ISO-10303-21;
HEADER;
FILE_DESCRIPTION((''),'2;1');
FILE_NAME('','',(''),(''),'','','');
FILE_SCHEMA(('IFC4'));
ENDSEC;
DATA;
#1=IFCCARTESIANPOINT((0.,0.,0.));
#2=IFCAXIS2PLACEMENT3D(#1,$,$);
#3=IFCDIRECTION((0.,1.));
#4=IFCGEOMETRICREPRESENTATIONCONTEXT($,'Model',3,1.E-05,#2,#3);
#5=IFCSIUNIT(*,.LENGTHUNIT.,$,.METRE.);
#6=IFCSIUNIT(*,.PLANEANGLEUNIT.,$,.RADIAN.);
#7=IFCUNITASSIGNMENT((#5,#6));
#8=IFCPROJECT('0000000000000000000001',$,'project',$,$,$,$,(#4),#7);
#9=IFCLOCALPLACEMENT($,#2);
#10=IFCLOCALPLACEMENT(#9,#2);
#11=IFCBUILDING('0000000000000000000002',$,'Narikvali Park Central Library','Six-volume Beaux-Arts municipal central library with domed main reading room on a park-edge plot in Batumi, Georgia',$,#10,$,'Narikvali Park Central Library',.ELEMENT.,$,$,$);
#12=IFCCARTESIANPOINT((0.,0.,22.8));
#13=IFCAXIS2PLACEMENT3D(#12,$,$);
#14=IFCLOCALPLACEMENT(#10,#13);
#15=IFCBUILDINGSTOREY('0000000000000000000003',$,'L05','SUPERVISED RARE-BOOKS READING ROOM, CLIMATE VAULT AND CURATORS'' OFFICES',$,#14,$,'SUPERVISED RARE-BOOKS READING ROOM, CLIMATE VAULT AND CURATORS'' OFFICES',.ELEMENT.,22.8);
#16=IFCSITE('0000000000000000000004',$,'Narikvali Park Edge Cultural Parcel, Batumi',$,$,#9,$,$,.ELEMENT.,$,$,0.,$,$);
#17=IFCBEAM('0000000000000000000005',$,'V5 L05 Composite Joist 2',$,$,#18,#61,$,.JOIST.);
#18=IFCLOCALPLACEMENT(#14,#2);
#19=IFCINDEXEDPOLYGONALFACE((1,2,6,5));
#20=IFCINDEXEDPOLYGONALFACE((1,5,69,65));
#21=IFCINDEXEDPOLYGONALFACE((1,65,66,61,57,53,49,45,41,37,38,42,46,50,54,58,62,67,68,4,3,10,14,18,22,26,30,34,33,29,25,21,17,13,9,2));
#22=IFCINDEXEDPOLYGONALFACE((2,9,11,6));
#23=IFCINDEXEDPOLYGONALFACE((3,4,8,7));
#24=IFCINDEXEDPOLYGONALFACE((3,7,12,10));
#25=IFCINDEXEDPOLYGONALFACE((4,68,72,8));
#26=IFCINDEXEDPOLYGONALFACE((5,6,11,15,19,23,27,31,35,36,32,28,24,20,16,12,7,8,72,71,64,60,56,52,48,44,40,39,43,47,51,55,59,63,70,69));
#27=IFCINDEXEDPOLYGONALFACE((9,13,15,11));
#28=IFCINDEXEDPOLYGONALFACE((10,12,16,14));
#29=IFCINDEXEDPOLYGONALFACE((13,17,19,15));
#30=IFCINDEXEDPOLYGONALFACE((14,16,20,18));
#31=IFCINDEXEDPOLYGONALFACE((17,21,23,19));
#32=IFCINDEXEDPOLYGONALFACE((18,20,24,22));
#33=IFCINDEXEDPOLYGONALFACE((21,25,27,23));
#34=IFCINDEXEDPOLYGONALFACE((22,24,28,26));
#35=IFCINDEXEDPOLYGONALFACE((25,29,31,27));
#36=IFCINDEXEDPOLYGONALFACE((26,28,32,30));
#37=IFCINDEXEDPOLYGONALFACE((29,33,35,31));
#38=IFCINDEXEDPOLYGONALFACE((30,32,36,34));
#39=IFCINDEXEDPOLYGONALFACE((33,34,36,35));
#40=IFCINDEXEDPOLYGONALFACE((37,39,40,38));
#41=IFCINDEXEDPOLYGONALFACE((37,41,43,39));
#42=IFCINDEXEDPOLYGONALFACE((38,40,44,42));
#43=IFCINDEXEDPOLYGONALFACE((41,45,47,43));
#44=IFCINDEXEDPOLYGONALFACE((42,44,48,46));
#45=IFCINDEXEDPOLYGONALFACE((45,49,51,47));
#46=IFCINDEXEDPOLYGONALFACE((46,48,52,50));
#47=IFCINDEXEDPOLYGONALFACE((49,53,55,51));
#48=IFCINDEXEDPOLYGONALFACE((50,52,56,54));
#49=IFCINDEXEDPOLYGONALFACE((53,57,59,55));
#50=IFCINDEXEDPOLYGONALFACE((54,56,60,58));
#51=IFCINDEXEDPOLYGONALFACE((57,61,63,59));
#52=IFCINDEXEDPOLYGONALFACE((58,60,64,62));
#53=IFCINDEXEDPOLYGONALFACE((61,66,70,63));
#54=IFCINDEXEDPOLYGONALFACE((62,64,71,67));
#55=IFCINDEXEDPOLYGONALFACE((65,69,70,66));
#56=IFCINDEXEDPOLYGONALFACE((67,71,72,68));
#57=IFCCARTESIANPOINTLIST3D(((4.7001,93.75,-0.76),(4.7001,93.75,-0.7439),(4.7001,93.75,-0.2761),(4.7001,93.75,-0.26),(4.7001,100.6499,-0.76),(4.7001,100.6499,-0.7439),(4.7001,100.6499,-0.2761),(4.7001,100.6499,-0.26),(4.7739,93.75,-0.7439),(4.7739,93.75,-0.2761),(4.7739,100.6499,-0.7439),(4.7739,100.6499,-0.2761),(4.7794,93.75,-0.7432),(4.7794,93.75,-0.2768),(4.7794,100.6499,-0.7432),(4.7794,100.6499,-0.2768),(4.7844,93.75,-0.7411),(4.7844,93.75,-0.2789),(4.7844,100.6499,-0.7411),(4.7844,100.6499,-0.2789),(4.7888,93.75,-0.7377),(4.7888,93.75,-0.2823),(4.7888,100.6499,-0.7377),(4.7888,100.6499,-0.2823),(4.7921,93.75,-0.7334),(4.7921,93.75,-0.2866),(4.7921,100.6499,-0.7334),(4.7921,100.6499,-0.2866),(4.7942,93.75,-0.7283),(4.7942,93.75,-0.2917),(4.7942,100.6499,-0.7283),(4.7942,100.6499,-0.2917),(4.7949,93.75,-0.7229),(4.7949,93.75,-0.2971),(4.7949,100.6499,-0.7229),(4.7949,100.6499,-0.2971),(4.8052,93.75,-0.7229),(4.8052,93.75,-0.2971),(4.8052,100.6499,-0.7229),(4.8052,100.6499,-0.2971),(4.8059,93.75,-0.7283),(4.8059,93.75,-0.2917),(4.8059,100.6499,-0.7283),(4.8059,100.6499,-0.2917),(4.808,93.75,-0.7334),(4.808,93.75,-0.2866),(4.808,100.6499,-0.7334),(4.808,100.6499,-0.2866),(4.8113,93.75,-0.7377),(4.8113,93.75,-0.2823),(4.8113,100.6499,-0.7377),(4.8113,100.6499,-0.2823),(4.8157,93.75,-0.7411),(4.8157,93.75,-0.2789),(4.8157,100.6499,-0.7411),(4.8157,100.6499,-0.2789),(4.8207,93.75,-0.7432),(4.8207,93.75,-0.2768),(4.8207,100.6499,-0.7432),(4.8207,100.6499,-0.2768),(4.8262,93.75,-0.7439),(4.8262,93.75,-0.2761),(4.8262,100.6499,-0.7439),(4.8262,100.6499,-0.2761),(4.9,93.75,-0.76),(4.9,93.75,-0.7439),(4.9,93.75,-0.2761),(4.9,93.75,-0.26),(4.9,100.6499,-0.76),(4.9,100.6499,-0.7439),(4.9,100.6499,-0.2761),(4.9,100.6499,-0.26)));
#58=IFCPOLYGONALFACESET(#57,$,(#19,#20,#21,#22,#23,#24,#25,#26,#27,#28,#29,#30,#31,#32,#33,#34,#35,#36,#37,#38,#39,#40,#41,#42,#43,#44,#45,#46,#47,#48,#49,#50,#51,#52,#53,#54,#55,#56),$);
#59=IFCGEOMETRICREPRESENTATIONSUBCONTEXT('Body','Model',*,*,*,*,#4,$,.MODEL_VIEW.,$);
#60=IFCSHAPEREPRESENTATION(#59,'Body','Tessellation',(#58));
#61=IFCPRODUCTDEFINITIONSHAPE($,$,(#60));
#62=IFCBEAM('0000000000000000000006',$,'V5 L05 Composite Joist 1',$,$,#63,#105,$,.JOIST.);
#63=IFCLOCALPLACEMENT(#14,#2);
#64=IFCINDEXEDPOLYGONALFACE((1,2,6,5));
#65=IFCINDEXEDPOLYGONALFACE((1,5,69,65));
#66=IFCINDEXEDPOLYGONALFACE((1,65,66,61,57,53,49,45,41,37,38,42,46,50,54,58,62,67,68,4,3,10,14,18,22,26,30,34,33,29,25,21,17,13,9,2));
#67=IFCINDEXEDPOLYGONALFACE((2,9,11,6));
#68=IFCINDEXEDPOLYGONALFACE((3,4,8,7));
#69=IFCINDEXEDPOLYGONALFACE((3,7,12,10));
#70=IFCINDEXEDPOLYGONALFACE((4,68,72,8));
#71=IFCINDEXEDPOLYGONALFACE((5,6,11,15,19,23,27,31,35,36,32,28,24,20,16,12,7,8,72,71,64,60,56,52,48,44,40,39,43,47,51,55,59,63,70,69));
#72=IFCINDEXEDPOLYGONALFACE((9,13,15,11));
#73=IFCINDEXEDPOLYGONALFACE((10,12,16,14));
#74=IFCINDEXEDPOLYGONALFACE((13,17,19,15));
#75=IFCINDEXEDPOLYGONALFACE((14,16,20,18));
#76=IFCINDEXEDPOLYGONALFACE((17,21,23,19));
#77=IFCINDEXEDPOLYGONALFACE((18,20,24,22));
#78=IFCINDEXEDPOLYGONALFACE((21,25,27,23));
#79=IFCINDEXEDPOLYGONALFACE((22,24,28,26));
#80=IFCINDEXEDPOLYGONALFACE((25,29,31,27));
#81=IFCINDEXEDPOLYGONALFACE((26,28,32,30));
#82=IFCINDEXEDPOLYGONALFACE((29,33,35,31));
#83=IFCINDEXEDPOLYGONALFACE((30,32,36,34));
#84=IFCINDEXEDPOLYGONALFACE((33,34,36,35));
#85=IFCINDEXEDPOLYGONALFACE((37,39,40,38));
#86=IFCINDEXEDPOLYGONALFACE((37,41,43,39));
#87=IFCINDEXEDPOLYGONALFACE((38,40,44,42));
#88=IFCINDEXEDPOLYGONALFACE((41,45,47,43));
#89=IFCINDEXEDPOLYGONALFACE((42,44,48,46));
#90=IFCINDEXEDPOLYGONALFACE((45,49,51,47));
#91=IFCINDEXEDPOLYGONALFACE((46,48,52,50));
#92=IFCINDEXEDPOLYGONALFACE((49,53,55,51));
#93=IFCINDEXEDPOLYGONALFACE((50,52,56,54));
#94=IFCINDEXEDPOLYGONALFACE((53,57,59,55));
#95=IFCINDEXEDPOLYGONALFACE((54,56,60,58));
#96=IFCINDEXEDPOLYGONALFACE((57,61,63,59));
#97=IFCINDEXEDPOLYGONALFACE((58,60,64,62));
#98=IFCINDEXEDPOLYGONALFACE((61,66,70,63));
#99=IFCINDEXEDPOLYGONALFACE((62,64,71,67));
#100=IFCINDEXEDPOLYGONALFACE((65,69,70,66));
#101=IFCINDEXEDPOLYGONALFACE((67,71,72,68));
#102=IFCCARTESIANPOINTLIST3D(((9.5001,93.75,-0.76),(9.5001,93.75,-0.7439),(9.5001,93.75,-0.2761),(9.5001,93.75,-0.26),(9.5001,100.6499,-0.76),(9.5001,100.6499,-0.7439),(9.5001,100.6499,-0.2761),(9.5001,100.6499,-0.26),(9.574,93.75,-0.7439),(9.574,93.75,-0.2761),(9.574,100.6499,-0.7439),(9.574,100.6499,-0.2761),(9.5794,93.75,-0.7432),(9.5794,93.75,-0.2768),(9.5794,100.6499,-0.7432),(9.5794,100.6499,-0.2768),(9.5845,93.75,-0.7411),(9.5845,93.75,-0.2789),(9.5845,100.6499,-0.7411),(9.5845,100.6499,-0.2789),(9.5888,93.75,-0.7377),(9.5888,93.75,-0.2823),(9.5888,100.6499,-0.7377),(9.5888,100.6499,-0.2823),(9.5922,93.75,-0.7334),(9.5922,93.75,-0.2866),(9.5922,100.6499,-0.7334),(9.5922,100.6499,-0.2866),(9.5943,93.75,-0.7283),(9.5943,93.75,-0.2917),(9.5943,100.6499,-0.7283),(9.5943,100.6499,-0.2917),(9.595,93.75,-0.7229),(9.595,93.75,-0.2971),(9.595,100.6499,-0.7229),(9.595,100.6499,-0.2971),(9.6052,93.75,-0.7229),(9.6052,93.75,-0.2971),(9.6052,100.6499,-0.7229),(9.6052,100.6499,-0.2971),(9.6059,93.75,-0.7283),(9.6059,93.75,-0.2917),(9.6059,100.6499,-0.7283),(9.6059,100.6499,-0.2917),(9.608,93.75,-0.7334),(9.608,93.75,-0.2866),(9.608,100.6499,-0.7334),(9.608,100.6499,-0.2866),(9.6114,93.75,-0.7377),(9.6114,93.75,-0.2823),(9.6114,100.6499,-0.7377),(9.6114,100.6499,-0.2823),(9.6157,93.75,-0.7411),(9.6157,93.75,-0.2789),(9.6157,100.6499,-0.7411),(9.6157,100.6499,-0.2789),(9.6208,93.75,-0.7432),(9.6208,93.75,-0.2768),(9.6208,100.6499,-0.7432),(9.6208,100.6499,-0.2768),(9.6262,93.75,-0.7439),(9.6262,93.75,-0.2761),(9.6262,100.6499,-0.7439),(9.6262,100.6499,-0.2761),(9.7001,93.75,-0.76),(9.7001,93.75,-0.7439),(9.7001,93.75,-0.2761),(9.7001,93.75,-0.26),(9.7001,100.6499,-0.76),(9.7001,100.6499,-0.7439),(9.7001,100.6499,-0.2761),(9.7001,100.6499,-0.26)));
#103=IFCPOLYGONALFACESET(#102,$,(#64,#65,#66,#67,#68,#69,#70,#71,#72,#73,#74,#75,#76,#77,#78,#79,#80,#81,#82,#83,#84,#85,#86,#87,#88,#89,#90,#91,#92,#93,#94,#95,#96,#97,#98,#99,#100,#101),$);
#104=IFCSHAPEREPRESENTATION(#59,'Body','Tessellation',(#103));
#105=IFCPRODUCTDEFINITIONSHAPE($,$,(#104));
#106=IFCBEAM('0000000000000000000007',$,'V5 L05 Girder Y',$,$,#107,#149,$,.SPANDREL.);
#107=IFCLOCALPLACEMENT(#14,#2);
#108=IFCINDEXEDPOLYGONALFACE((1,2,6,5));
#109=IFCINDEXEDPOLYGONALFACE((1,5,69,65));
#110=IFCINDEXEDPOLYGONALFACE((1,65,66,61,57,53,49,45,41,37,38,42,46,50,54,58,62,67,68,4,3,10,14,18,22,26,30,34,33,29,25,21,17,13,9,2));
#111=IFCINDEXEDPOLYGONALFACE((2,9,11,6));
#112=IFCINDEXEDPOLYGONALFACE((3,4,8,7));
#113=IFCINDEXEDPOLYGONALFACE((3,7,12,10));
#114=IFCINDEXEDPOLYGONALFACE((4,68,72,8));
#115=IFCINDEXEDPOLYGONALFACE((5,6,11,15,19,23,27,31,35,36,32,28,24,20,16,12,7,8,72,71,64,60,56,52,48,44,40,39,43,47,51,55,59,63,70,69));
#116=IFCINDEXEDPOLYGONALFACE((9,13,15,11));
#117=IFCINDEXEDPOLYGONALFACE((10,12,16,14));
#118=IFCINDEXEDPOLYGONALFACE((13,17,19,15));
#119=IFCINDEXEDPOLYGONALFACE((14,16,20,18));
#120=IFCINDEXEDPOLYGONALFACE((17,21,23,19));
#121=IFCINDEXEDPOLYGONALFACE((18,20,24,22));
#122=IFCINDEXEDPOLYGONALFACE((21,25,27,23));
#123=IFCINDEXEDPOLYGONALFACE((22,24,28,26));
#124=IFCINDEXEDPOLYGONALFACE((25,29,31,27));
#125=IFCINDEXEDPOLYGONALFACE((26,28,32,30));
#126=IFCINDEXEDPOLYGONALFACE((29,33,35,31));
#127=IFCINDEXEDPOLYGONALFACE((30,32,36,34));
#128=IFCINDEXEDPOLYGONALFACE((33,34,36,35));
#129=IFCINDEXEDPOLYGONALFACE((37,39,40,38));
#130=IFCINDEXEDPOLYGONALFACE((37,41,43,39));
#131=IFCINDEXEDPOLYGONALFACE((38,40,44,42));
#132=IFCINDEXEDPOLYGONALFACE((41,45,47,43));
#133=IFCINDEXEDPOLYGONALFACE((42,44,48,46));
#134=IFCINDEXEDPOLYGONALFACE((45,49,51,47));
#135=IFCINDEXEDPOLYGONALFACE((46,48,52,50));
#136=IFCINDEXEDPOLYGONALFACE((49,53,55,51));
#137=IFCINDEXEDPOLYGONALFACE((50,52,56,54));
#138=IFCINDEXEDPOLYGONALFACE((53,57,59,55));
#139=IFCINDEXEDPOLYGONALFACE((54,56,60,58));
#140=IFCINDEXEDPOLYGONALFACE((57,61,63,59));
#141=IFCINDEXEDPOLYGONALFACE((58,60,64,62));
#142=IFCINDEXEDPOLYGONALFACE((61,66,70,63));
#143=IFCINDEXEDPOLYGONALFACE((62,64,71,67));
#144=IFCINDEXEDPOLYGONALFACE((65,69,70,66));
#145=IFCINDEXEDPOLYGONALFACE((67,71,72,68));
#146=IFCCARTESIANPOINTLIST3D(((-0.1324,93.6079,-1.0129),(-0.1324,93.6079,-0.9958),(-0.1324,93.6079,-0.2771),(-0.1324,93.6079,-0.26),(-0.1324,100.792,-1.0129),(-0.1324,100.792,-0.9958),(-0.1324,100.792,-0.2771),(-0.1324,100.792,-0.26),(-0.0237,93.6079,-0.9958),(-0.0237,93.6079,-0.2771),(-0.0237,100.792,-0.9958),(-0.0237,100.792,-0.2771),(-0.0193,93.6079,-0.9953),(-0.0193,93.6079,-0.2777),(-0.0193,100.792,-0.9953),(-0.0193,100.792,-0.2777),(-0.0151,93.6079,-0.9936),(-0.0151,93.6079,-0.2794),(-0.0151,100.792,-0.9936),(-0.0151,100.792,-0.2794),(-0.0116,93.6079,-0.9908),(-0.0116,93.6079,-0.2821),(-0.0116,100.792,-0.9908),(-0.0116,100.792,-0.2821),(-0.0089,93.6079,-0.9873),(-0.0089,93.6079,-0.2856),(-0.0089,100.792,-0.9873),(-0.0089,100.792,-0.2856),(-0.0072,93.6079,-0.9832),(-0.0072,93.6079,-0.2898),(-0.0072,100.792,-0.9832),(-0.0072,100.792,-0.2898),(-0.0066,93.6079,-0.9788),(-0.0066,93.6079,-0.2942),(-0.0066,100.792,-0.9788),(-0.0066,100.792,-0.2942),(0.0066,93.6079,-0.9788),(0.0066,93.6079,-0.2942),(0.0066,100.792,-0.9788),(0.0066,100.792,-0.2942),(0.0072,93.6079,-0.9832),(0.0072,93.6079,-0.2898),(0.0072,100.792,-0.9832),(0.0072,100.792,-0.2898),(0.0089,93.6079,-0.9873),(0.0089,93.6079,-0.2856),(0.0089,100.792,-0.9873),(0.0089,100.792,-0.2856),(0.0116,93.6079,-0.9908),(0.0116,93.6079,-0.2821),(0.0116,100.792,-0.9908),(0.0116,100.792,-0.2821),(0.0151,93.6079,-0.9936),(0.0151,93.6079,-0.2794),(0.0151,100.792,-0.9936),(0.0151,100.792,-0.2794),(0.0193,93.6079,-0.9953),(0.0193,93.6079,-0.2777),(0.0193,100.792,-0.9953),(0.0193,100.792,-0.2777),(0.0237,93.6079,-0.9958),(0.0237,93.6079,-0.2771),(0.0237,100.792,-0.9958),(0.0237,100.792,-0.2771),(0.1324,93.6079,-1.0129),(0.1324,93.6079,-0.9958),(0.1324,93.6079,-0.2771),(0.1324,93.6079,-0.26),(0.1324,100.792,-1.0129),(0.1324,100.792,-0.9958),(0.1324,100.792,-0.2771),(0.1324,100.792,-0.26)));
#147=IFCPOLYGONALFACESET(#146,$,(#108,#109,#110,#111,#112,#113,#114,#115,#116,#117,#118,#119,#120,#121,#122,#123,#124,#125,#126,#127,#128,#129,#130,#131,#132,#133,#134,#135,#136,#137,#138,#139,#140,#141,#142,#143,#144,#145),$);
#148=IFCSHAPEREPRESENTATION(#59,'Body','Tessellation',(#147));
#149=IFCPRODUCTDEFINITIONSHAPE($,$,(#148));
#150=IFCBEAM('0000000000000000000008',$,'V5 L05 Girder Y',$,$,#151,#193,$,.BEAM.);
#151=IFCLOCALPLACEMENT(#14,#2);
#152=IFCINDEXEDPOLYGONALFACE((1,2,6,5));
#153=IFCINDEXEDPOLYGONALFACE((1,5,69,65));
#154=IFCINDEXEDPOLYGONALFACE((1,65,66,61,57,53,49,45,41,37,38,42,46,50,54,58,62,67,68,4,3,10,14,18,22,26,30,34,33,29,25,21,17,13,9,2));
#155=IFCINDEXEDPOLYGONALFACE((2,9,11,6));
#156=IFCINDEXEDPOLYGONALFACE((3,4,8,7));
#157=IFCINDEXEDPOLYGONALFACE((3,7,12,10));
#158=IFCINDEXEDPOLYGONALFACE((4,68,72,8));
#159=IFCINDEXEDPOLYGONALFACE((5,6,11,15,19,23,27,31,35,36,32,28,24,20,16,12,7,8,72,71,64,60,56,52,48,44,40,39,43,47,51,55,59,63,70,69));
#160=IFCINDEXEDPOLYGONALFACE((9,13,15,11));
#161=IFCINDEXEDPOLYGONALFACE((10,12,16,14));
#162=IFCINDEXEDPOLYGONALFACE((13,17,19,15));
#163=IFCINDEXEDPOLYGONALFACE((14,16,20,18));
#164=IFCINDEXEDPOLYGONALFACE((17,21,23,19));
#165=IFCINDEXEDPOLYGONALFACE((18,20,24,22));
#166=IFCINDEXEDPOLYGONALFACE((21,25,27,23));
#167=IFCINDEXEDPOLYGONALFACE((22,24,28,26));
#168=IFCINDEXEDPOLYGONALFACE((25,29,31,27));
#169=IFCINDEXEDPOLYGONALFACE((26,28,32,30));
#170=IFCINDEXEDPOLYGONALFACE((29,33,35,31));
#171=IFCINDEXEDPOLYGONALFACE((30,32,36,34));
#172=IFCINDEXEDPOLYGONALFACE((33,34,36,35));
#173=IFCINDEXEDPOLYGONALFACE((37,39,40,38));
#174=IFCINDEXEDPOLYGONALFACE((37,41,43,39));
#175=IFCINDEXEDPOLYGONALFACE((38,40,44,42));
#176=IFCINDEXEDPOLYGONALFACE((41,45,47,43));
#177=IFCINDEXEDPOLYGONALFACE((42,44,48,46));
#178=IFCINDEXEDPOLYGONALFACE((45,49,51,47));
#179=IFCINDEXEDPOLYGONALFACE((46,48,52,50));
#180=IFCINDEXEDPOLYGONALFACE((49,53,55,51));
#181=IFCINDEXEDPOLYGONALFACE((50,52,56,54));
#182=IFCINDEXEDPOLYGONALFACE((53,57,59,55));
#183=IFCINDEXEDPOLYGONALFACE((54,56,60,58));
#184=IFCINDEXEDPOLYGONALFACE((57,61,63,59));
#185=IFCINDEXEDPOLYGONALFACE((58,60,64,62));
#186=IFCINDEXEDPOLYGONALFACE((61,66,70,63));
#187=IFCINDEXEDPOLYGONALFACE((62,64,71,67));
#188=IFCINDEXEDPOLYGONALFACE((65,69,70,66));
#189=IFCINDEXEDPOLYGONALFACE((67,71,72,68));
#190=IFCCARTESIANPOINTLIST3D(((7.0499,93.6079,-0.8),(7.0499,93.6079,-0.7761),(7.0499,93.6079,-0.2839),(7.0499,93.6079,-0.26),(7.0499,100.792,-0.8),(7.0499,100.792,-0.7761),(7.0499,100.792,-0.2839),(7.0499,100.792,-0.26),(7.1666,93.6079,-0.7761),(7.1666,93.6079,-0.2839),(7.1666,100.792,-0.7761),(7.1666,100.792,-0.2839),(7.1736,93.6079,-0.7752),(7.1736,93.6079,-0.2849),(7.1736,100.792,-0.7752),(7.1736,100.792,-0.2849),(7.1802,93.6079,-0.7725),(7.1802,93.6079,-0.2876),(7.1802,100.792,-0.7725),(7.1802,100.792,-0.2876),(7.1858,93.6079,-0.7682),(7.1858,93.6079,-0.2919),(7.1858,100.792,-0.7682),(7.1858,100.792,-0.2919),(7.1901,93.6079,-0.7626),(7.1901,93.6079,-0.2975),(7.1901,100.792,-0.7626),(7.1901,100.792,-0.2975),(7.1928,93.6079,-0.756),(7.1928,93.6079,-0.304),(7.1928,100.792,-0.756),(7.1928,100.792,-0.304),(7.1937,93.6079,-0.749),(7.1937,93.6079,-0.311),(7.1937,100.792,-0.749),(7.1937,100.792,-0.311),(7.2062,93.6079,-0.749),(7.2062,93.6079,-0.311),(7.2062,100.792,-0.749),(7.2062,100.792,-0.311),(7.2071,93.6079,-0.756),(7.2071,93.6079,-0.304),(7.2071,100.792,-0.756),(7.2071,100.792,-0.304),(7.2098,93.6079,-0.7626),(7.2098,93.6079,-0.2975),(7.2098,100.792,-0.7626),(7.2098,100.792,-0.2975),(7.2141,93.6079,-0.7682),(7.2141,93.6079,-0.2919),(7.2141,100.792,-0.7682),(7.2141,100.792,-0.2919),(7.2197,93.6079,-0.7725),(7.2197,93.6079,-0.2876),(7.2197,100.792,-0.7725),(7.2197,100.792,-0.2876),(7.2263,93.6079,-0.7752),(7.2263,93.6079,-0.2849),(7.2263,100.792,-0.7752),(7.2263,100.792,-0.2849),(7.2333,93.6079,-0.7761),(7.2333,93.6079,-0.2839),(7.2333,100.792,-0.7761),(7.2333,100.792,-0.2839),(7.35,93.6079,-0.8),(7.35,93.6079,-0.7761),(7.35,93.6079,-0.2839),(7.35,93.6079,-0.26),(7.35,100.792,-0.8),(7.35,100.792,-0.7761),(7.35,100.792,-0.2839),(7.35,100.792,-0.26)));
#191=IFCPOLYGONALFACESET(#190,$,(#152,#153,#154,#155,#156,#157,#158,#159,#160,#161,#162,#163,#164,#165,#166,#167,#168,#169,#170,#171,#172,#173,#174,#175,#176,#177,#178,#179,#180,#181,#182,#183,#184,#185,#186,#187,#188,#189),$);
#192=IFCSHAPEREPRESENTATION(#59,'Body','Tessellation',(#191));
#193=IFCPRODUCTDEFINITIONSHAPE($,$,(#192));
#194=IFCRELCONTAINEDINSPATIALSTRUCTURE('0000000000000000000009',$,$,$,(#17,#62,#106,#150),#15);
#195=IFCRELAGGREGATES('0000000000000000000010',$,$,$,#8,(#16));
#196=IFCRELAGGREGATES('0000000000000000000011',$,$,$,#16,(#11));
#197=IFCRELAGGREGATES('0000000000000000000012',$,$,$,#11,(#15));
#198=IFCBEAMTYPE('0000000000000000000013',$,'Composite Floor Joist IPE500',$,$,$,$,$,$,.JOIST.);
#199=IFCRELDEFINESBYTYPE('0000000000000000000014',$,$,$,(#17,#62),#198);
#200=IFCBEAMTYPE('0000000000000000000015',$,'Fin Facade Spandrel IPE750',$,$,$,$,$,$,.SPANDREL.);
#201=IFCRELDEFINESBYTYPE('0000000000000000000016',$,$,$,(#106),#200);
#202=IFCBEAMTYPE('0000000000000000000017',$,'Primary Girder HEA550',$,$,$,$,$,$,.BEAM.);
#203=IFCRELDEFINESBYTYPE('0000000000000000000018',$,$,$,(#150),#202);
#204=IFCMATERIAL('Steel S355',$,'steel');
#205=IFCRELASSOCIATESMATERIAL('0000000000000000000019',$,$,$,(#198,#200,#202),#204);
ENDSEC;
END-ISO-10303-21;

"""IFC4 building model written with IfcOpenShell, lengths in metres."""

from ifc_helpers import new_model, si_unit, direction, frame, origin, origin_2d, place, context, subcontext, project, spatial, i_section, extrude, material, material_profile, profile_set, type_object, element, save


model = new_model("IFC4")

# Units and contexts
model_context = context("Model", 3, precision=1e-05, world=origin(), true_north=direction((0.0, 1.0)))
body_context = subcontext(model_context, "Body", "Model", "MODEL_VIEW")
ifc_project = project(units=[si_unit("LENGTHUNIT", "METRE"), si_unit("PLANEANGLEUNIT", "RADIAN")], contexts=[model_context])

# Site, building, storey
site_placement = place(None, origin())
site = spatial("IfcSite", under=ifc_project, at=site_placement, Name="Narikvali Park Edge Cultural Parcel, Batumi", CompositionType="ELEMENT", RefElevation=0.0)
building_placement = place(site_placement, origin())
building = spatial("IfcBuilding", under=site, at=building_placement, Name="Narikvali Park Central Library", Description="Six-volume Beaux-Arts municipal central library with domed main reading room on a park-edge plot in Batumi, Georgia", LongName="Narikvali Park Central Library", CompositionType="ELEMENT")
storey_placement = place(building_placement, frame((0.0, 0.0, 22.8)))
storey = spatial("IfcBuildingStorey", under=building, at=storey_placement, Name="L05", Description="SUPERVISED RARE-BOOKS READING ROOM, CLIMATE VAULT AND CURATORS' OFFICES", LongName="SUPERVISED RARE-BOOKS READING ROOM, CLIMATE VAULT AND CURATORS' OFFICES", CompositionType="ELEMENT", Elevation=22.8)

# Shared definitions
ifc_material_1 = material(Name="Steel S355", Category="steel")

# Beams
ifc_material_profile_1 = material_profile(ifc_material_1, i_section(OverallWidth=0.2, OverallDepth=0.5, WebThickness=0.0103, FlangeThickness=0.0161, FilletRadius=0.021, at=origin_2d()), Name="IPE 500")
ifc_profile_set_1 = profile_set([ifc_material_profile_1], Name="Steel S355")
beam_type_1 = type_object("IfcBeamType", Name="Composite Floor Joist IPE500", PredefinedType="JOIST", material=ifc_profile_set_1)
for number, where, z_axis, x_axis, name in (
    (1, (4.8, 93.75, -0.51), (0.0, 1.0, 0.0), (-1.0, 0.0, 0.0), "V5 L05 Composite Joist 2"),
    (2, (9.6001, 93.75, -0.51), (0.0, 1.0, 0.0), (-1.0, 0.0, 0.0), "V5 L05 Composite Joist 1"),
):
    element("IfcBeam", number, at=place(storey_placement, frame(where, z_axis=z_axis, x_axis=x_axis)), inside=storey, type_object=beam_type_1, Name=name, PredefinedType="JOIST", context=body_context, shape_type="SweptSolid", body=[
        extrude(i_section(OverallWidth=0.2, OverallDepth=0.5, WebThickness=0.0103, FlangeThickness=0.0161, FilletRadius=0.021, at=origin_2d()), origin(), (0.0, 0.0, 1.0), 6.8999),
    ])
ifc_material_profile_2 = material_profile(ifc_material_1, i_section(OverallWidth=0.2649, OverallDepth=0.7529, WebThickness=0.0132, FlangeThickness=0.0171, FilletRadius=0.0171, at=origin_2d()), Name="IPE 750x147")
ifc_profile_set_2 = profile_set([ifc_material_profile_2], Name="Steel S355")
beam_type_2 = type_object("IfcBeamType", Name="Fin Facade Spandrel IPE750", PredefinedType="SPANDREL", material=ifc_profile_set_2)
beam_1_placement = place(storey_placement, frame((0.0, 93.6079, -0.6365), z_axis=(0.0, 1.0, 0.0), x_axis=(-1.0, 0.0, 0.0)))
element("IfcBeam", 3, at=beam_1_placement, inside=storey, type_object=beam_type_2, Name="V5 L05 Girder Y", PredefinedType="SPANDREL", context=body_context, shape_type="SweptSolid", body=[
    extrude(i_section(OverallWidth=0.2649, OverallDepth=0.7529, WebThickness=0.0132, FlangeThickness=0.0171, FilletRadius=0.0171, at=origin_2d()), origin(), (0.0, 0.0, 1.0), 7.1841),
])
ifc_material_profile_3 = material_profile(ifc_material_1, i_section(OverallWidth=0.3, OverallDepth=0.54, WebThickness=0.0125, FlangeThickness=0.0239, FilletRadius=0.0271, at=origin_2d()), Name="HEA 550")
ifc_profile_set_3 = profile_set([ifc_material_profile_3], Name="Steel S355")
beam_type_3 = type_object("IfcBeamType", Name="Primary Girder HEA550", PredefinedType="BEAM", material=ifc_profile_set_3)
beam_2_placement = place(storey_placement, frame((7.2, 93.6079, -0.53), z_axis=(0.0, 1.0, 0.0), x_axis=(-1.0, 0.0, 0.0)))
element("IfcBeam", 4, at=beam_2_placement, inside=storey, type_object=beam_type_3, Name="V5 L05 Girder Y", PredefinedType="BEAM", context=body_context, shape_type="SweptSolid", body=[
    extrude(i_section(OverallWidth=0.3, OverallDepth=0.54, WebThickness=0.0125, FlangeThickness=0.0239, FilletRadius=0.0271, at=origin_2d()), origin(), (0.0, 0.0, 1.0), 7.1841),
])

save(model, "model.ifc")
